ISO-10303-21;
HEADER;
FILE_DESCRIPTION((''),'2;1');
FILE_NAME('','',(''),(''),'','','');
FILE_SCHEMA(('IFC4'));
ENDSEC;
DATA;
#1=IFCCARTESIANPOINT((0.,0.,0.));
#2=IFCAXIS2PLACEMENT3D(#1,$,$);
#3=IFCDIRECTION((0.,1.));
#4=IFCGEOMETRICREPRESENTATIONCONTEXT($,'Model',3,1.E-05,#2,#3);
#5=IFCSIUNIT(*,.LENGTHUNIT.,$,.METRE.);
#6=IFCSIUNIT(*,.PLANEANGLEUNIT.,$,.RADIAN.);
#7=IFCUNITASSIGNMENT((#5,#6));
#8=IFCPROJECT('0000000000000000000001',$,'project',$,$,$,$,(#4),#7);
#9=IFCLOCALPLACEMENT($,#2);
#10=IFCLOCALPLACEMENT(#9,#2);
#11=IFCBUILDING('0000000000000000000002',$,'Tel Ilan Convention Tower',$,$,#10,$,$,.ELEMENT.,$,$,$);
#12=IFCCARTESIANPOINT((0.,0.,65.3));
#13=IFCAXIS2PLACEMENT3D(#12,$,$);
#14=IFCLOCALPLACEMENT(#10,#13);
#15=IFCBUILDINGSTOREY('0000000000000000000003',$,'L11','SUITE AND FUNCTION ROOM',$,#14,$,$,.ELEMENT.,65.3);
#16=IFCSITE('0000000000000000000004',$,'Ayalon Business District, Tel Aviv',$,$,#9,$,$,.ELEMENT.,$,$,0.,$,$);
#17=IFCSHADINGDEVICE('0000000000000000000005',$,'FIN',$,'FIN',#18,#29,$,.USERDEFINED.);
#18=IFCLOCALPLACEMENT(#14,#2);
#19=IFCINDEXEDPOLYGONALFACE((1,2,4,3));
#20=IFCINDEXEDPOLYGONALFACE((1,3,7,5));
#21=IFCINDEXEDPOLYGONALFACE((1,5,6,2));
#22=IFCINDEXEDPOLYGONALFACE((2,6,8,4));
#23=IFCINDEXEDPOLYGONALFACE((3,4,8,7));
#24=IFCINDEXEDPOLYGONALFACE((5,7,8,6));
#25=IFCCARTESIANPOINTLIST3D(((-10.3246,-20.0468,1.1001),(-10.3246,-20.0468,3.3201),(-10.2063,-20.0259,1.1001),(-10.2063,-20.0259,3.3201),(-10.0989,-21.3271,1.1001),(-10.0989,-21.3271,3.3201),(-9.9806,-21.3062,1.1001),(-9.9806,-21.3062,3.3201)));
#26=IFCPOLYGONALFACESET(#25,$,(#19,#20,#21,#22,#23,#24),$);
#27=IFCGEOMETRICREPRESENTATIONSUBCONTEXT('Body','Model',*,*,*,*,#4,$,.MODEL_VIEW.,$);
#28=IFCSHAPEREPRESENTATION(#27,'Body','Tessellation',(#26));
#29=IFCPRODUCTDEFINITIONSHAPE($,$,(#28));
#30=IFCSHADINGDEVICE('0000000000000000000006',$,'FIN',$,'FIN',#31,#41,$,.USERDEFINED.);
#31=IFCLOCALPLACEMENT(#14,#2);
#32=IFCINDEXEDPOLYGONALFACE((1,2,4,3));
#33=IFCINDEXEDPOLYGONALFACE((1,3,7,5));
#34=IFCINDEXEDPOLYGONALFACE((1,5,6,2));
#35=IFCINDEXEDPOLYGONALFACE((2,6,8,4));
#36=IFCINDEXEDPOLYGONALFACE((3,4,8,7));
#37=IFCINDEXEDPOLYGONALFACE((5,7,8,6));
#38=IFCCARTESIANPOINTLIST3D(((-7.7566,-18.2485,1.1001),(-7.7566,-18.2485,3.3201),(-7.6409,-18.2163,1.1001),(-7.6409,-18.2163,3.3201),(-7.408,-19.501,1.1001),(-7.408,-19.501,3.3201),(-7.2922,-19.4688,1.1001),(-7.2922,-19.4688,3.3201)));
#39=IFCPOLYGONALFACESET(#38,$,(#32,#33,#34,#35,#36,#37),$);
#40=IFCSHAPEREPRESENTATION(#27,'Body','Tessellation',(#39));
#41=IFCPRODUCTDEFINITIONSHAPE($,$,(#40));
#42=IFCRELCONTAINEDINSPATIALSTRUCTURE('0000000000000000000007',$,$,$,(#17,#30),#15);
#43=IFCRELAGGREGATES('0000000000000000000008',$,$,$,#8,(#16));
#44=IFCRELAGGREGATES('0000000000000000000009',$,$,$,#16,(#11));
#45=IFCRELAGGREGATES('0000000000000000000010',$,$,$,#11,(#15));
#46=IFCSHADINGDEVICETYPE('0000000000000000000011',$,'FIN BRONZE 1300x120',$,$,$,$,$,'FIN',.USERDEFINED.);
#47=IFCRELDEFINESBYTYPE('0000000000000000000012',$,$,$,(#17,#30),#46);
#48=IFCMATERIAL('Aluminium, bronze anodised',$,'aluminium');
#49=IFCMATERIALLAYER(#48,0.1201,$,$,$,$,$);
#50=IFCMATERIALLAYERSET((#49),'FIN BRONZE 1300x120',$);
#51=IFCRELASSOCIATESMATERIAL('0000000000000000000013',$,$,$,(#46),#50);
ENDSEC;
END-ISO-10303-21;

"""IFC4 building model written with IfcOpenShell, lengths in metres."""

from ifc_helpers import new_model, si_unit, direction, frame, origin, origin_2d, place, context, subcontext, project, spatial, rectangle, extrude, material, layer, layer_set, type_object, element, save


model = new_model("IFC4")

# Units and contexts
model_context = context("Model", 3, precision=1e-05, world=origin(), true_north=direction((0.0, 1.0)))
body_context = subcontext(model_context, "Body", "Model", "MODEL_VIEW")
ifc_project = project(units=[si_unit("LENGTHUNIT", "METRE"), si_unit("PLANEANGLEUNIT", "RADIAN")], contexts=[model_context])

# Site, building, storey
site_placement = place(None, origin())
site = spatial("IfcSite", under=ifc_project, at=site_placement, Name="Ayalon Business District, Tel Aviv", CompositionType="ELEMENT", RefElevation=0.0)
building_placement = place(site_placement, origin())
building = spatial("IfcBuilding", under=site, at=building_placement, Name="Tel Ilan Convention Tower", CompositionType="ELEMENT")
storey_placement = place(building_placement, frame((0.0, 0.0, 65.3)))
storey = spatial("IfcBuildingStorey", under=building, at=storey_placement, Name="L11", Description="SUITE AND FUNCTION ROOM", CompositionType="ELEMENT", Elevation=65.3)

# Shading devices
ifc_material_1 = material(Name="Aluminium, bronze anodised", Category="aluminium")
ifc_layer_1 = layer(ifc_material_1, 0.1201)
ifc_layer_set_1 = layer_set([ifc_layer_1], Name="FIN BRONZE 1300x120")
shading_device_type = type_object("IfcShadingDeviceType", Name="FIN BRONZE 1300x120", ElementType="FIN", PredefinedType="USERDEFINED", material=ifc_layer_set_1)
for number, where, z_axis, x_axis, name in (
    (1, (-10.1526, -20.6765, 1.1001), (0.0, 0.0, 1.0), (0.173648, -0.984808, 0.0), "FIN"),
    (2, (-7.5244, -18.8586, 1.1001), (0.0, 0.0, 1.0), (0.268173, -0.963371, 0.0), "FIN"),
):
    element("IfcShadingDevice", number, at=place(storey_placement, frame(where, z_axis=z_axis, x_axis=x_axis)), inside=storey, type_object=shading_device_type, Name=name, ObjectType="FIN", PredefinedType="USERDEFINED", context=body_context, shape_type="SweptSolid", body=[
        extrude(rectangle(XDim=1.3, YDim=0.1201, at=origin_2d()), origin(), (0.0, 0.0, 1.0), 2.22),
    ])

save(model, "model.ifc")
